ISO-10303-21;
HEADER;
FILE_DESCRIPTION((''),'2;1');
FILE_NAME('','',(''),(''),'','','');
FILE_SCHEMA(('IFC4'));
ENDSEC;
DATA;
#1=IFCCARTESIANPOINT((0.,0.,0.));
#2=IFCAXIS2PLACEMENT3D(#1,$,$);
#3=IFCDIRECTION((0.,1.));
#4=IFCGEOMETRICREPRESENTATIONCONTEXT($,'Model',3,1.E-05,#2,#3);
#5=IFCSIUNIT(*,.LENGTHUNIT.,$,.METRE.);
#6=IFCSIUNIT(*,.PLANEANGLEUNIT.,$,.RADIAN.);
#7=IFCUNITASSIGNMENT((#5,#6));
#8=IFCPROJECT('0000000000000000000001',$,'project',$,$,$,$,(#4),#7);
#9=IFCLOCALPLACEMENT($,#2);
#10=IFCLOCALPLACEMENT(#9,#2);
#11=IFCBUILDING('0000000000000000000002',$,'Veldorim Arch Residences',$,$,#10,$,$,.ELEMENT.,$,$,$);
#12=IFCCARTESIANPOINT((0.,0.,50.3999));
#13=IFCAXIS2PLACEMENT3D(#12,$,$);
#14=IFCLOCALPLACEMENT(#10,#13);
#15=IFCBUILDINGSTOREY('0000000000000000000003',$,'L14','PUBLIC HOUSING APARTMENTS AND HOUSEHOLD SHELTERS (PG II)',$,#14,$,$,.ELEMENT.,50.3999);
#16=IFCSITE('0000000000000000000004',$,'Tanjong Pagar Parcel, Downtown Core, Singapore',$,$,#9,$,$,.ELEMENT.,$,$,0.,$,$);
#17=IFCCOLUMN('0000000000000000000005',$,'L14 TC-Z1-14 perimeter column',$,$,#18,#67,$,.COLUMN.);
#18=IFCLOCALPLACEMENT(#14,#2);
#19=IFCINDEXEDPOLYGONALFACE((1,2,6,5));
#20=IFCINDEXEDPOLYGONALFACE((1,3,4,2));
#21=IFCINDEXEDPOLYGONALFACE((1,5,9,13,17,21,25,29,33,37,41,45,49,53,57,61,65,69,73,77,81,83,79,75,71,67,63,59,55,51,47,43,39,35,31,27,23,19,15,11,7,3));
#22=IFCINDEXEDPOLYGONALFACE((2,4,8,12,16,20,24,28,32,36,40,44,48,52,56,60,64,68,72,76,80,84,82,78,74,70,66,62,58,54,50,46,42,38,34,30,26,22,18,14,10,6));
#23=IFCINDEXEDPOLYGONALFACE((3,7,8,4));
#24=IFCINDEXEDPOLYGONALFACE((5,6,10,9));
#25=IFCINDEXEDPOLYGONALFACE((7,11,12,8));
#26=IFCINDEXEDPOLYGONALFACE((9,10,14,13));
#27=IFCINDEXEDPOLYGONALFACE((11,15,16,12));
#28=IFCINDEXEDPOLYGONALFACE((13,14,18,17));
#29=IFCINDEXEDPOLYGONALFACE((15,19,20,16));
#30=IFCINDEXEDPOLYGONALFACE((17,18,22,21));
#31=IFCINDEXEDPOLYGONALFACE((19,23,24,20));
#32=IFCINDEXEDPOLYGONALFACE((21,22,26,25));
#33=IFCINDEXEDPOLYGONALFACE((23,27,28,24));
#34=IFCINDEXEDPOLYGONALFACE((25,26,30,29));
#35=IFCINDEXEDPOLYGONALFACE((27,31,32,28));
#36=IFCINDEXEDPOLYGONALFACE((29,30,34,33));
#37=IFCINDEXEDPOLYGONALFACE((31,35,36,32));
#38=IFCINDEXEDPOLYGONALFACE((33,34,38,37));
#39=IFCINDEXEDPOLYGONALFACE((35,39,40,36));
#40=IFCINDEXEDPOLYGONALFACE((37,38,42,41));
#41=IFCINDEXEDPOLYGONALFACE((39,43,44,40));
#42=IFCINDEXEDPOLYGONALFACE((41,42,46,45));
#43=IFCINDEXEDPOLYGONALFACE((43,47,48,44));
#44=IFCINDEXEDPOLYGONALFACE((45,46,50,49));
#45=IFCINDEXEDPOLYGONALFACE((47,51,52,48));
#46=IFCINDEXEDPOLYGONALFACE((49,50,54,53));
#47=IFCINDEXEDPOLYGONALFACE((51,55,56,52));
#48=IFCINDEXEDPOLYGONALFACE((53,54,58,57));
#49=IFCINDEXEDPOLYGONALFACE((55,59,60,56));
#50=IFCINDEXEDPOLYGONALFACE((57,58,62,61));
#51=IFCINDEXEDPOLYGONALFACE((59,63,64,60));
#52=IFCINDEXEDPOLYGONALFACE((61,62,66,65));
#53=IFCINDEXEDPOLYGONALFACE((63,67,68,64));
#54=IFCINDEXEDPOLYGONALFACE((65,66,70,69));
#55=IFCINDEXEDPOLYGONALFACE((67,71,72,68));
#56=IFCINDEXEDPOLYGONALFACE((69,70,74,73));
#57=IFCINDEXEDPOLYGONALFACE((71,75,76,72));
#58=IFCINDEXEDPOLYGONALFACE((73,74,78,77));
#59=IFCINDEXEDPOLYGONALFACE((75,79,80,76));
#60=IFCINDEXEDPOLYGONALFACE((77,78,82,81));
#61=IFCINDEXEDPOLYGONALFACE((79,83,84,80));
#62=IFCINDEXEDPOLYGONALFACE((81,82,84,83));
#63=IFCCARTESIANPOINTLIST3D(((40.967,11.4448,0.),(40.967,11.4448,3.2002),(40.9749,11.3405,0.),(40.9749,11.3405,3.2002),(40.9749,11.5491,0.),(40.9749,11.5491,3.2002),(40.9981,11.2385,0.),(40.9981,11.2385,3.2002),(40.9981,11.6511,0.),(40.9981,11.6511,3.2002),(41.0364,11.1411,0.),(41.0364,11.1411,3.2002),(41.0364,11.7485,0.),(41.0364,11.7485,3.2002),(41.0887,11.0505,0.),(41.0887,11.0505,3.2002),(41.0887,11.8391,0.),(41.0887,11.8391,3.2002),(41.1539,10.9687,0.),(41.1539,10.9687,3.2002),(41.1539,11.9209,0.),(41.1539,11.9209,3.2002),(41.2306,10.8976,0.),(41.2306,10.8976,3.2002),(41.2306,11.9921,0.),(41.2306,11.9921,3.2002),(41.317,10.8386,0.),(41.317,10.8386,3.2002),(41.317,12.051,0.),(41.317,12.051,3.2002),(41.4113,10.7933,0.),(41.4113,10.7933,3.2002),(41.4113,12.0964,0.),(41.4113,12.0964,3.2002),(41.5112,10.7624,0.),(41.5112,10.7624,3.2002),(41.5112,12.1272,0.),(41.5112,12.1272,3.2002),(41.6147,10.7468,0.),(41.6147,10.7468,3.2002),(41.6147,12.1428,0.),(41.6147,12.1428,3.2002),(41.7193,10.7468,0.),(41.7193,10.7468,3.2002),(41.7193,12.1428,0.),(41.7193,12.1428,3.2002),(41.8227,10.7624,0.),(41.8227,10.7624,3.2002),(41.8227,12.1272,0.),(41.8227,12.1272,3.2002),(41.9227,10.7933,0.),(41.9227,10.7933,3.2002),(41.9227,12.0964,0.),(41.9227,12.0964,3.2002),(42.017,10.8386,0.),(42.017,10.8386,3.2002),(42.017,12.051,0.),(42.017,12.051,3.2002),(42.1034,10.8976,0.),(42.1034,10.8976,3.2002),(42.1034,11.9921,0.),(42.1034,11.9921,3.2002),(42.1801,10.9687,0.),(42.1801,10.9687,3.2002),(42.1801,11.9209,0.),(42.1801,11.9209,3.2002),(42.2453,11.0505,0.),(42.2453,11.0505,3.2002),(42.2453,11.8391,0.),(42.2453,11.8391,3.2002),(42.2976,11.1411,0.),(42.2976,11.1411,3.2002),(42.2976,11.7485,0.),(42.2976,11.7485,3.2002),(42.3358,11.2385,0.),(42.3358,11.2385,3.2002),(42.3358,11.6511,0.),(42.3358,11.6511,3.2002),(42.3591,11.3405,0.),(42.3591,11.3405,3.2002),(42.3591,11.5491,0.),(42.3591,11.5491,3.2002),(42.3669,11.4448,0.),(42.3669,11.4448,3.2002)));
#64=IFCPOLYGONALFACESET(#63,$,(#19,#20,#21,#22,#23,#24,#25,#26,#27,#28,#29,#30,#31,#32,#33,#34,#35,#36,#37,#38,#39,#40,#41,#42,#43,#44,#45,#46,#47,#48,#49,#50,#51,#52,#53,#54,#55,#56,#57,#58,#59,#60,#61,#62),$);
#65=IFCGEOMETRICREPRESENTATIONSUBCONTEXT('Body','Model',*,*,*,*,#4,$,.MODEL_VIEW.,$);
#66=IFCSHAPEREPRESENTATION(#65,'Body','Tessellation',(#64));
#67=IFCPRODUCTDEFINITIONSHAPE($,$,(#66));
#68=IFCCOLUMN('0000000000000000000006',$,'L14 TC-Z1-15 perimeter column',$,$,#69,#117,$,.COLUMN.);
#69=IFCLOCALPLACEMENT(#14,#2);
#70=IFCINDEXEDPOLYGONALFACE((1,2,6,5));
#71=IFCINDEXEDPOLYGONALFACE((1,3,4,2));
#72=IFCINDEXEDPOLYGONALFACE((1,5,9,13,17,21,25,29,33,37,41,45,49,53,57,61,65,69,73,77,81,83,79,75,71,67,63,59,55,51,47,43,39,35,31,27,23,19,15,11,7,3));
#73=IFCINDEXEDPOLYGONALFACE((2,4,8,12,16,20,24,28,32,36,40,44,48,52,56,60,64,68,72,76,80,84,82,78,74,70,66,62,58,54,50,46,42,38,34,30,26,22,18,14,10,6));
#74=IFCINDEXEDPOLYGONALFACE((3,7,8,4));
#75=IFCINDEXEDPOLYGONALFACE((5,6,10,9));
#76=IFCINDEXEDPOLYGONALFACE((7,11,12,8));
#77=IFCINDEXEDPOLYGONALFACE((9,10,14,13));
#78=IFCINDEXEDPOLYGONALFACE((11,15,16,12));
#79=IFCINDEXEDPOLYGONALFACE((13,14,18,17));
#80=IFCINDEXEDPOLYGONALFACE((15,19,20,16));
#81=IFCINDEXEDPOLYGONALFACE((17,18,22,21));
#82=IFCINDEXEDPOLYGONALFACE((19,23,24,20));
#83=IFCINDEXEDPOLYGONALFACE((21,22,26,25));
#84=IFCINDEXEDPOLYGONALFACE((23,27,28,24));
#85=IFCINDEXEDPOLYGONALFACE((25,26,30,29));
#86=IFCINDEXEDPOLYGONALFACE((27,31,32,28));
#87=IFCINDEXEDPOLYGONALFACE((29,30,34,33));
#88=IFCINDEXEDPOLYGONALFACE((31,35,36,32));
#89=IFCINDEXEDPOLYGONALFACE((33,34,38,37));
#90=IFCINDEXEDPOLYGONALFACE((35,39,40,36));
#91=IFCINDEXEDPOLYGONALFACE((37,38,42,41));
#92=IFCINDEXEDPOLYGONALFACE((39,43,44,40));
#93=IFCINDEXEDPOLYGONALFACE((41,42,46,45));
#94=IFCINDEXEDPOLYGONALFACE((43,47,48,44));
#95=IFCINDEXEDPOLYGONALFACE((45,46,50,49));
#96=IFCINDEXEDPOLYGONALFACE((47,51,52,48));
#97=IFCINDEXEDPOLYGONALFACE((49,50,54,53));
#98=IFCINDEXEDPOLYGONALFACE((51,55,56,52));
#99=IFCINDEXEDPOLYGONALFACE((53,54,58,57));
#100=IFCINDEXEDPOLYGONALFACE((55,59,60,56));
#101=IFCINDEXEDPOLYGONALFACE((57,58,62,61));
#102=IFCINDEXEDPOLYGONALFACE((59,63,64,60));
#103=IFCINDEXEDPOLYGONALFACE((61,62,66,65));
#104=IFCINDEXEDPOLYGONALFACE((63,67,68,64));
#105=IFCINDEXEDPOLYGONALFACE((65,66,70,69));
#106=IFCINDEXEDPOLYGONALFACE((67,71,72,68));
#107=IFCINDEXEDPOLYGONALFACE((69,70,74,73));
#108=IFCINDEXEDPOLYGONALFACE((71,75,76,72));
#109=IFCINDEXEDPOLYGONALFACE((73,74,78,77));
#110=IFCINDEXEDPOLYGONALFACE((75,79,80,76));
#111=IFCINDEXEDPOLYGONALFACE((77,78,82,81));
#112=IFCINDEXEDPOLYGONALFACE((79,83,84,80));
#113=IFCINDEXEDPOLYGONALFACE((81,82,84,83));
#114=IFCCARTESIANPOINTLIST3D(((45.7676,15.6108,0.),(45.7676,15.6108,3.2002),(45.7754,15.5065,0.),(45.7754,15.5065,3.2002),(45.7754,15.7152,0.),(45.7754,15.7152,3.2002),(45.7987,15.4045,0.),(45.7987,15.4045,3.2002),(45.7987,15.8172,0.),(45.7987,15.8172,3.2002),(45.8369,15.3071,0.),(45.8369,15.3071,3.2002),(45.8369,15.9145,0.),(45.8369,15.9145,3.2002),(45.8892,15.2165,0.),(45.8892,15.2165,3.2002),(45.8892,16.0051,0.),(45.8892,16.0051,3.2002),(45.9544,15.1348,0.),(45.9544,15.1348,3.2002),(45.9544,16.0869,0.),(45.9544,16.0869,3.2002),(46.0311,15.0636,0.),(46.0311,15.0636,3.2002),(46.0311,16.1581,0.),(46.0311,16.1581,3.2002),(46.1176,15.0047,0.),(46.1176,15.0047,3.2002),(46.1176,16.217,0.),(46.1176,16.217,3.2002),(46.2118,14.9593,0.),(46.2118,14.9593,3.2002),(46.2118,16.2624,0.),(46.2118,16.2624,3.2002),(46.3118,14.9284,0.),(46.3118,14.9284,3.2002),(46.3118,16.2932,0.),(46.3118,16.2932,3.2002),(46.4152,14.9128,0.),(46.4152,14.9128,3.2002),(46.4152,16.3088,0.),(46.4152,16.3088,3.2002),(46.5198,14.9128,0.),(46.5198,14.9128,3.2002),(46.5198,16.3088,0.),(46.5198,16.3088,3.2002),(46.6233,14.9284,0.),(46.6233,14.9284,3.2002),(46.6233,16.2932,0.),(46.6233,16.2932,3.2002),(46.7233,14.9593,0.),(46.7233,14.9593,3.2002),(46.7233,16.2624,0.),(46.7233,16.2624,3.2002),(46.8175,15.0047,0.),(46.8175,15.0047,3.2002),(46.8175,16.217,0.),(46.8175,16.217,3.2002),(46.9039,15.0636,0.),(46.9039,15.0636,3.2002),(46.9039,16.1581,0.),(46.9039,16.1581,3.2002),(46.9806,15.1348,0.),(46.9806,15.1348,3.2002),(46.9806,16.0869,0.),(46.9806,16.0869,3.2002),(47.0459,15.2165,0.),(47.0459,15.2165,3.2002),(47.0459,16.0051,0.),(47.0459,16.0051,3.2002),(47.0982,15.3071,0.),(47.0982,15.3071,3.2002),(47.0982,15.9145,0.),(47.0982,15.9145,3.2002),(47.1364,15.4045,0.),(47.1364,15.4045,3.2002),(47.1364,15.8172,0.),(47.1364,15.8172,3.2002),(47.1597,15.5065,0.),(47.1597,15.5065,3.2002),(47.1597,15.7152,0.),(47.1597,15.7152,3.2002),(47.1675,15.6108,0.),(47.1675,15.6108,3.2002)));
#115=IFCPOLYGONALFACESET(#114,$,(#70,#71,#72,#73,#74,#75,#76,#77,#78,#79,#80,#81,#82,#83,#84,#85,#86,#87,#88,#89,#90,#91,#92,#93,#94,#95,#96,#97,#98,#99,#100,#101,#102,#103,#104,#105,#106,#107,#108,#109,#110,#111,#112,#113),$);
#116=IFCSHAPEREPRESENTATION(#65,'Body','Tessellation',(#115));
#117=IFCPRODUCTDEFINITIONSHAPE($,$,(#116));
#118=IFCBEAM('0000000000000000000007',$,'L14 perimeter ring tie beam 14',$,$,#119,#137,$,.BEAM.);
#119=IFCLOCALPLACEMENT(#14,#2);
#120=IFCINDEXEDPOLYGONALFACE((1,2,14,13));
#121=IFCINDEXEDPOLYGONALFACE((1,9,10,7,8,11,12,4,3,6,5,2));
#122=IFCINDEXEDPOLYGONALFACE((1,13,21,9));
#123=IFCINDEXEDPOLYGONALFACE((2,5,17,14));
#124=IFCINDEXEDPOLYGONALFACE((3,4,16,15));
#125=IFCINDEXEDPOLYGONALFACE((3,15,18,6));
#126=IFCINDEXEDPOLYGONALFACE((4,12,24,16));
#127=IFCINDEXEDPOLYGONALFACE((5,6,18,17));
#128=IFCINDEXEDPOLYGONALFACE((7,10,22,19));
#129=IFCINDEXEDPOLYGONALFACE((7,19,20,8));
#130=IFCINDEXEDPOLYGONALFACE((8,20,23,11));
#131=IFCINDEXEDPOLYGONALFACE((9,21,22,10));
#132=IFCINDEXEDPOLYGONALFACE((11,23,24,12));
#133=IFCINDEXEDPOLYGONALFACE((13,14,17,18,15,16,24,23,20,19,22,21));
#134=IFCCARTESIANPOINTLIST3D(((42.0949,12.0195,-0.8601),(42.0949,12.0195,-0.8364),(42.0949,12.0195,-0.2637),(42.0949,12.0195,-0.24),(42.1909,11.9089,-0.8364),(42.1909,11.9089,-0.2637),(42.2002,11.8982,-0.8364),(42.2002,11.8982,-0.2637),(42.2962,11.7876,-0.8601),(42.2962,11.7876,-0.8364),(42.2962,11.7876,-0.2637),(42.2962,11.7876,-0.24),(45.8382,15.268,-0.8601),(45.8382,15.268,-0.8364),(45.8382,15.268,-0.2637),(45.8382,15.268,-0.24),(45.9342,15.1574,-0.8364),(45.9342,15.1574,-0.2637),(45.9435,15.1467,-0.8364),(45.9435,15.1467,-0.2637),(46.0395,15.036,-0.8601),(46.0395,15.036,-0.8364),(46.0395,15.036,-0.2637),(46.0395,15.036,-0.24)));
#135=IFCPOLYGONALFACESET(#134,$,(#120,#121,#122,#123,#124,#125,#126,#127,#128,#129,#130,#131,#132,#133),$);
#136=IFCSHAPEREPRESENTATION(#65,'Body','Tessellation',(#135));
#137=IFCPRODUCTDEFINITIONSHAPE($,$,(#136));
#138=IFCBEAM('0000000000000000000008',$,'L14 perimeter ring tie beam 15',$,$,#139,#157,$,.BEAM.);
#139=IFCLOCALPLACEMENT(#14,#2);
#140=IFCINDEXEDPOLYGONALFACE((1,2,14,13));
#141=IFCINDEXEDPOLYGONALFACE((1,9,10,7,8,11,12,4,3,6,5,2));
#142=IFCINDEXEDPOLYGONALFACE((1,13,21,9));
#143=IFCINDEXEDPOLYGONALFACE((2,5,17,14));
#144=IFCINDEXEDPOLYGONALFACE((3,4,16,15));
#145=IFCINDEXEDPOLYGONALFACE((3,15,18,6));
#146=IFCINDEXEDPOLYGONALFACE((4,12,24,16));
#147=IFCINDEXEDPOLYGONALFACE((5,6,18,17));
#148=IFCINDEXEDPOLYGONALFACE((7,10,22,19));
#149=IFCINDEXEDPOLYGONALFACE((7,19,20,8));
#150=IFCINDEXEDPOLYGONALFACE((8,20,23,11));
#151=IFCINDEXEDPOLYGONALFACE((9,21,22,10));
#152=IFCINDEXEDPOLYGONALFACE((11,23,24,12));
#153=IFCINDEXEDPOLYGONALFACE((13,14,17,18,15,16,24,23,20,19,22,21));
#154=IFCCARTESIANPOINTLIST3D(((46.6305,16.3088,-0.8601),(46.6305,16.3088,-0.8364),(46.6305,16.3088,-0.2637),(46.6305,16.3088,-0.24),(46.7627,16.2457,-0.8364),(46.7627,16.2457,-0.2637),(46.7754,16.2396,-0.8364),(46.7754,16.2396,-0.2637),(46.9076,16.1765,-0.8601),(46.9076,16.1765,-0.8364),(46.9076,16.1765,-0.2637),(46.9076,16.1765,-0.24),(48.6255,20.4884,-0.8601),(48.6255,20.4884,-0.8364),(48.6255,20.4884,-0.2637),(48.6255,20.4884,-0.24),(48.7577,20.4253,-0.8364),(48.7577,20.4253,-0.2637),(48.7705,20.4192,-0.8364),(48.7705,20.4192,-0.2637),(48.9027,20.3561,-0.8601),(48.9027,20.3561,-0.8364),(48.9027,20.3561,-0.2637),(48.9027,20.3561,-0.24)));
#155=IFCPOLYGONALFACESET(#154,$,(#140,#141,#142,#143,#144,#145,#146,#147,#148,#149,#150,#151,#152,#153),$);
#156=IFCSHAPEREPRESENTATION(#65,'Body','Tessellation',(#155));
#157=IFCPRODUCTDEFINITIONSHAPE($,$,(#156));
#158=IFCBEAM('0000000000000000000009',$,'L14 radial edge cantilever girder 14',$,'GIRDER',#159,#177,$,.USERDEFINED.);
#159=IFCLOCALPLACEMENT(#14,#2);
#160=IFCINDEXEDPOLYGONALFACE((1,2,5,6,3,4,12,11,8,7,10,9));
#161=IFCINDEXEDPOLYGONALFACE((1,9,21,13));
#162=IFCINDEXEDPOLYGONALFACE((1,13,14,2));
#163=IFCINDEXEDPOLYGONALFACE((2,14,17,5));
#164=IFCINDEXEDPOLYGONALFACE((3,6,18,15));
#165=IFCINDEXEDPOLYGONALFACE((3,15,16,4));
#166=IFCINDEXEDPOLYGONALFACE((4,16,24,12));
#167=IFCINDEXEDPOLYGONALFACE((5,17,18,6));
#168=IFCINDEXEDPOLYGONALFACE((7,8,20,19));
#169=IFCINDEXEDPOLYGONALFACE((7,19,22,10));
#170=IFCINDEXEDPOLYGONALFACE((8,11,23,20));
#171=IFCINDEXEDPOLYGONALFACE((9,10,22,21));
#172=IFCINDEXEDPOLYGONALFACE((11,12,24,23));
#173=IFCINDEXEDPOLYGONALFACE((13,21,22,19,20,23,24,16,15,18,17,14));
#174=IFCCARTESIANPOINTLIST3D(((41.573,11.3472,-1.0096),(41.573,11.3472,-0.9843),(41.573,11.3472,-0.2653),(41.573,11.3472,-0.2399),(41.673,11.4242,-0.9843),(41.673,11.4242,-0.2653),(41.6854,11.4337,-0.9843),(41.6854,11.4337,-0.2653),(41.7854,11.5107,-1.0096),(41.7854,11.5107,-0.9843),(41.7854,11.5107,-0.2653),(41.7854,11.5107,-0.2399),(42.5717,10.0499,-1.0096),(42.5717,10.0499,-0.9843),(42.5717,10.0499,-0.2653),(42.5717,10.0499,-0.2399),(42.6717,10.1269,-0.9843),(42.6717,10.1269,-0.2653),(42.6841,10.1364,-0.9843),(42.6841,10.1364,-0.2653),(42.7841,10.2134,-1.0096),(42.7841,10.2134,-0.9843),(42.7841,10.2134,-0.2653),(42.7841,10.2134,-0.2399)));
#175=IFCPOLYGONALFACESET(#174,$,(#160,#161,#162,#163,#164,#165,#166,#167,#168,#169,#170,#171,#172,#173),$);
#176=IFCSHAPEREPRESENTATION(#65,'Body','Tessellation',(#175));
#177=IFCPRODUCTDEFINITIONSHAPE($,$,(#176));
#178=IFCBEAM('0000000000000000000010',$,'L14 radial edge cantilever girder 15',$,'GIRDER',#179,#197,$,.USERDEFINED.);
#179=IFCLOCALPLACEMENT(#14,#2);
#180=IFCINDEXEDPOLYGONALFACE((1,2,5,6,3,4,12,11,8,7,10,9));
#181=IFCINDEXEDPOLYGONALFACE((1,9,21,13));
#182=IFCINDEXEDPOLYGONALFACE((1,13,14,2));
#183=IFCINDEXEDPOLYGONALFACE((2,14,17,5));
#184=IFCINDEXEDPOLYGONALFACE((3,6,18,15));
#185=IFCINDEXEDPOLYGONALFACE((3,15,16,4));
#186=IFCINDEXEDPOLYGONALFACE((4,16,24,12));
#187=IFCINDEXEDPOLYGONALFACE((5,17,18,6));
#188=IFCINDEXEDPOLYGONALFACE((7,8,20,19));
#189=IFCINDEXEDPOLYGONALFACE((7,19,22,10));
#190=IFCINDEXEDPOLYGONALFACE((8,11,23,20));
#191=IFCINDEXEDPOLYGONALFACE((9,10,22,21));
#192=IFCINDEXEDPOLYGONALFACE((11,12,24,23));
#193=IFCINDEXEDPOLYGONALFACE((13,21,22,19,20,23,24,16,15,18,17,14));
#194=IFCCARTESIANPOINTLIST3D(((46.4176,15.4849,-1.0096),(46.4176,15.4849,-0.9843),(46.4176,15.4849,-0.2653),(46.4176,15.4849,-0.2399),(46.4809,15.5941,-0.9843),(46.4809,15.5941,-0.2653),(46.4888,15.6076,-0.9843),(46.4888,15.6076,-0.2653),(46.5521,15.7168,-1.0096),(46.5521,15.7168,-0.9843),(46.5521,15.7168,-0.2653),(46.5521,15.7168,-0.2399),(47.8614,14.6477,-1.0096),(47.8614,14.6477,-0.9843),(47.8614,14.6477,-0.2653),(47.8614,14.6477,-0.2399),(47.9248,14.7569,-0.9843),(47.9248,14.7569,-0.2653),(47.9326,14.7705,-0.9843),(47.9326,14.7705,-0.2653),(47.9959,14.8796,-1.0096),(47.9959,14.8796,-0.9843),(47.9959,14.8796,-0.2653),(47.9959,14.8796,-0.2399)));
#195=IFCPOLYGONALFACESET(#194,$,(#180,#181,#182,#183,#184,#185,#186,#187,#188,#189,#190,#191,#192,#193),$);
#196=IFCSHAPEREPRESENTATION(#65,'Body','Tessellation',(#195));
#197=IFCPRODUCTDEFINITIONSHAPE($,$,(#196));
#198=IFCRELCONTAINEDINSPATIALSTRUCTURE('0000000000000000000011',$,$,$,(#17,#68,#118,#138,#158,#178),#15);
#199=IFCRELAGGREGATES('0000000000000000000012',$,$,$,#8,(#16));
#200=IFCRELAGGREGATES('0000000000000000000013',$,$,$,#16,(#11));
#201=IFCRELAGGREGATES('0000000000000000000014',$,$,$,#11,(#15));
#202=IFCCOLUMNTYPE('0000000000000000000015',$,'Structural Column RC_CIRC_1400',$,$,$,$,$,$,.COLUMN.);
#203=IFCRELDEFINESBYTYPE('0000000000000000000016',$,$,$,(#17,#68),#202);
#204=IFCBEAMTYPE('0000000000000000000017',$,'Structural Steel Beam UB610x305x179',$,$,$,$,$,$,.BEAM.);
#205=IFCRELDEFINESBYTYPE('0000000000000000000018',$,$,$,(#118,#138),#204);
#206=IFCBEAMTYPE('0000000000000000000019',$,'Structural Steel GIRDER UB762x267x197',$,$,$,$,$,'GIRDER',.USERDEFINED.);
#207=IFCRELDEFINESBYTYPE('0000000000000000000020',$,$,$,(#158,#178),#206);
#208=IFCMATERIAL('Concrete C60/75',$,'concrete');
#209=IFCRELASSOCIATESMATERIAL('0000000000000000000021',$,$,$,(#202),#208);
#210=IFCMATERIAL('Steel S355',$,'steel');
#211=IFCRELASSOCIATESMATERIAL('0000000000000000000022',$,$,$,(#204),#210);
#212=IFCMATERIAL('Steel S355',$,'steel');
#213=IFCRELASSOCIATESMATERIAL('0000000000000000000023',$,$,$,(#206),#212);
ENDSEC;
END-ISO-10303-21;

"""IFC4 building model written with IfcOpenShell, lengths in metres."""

from ifc_helpers import new_model, si_unit, direction, frame, origin, origin_2d, place, context, subcontext, project, spatial, circle, i_section, extrude, material, material_profile, profile_set, type_object, element, save


model = new_model("IFC4")

# Units and contexts
model_context = context("Model", 3, precision=1e-05, world=origin(), true_north=direction((0.0, 1.0)))
body_context = subcontext(model_context, "Body", "Model", "MODEL_VIEW")
ifc_project = project(units=[si_unit("LENGTHUNIT", "METRE"), si_unit("PLANEANGLEUNIT", "RADIAN")], contexts=[model_context])

# Site, building, storey
site_placement = place(None, origin())
site = spatial("IfcSite", under=ifc_project, at=site_placement, Name="Tanjong Pagar Parcel, Downtown Core, Singapore", CompositionType="ELEMENT", RefElevation=0.0)
building_placement = place(site_placement, origin())
building = spatial("IfcBuilding", under=site, at=building_placement, Name="Veldorim Arch Residences", CompositionType="ELEMENT")
storey_placement = place(building_placement, frame((0.0, 0.0, 50.3999)))
storey = spatial("IfcBuildingStorey", under=building, at=storey_placement, Name="L14", Description="PUBLIC HOUSING APARTMENTS AND HOUSEHOLD SHELTERS (PG II)", CompositionType="ELEMENT", Elevation=50.3999)

# Columns
ifc_material_1 = material(Name="Concrete C60/75", Category="concrete")
ifc_material_profile_1 = material_profile(ifc_material_1, circle(Radius=0.7, at=origin_2d()), Name="RC_CIRC_1400")
ifc_profile_set_1 = profile_set([ifc_material_profile_1], Name="Concrete C60/75")
column_type = type_object("IfcColumnType", Name="Structural Column RC_CIRC_1400", PredefinedType="COLUMN", material=ifc_profile_set_1)
for number, where, z_axis, x_axis, name in (
    (1, (41.667, 11.4448, 0.0), (0.0, 0.0, 1.0), (1.0, 0.0, 0.0), "L14 TC-Z1-14 perimeter column"),
    (2, (46.4675, 15.6108, 0.0), (0.0, 0.0, 1.0), (1.0, 0.0, 0.0), "L14 TC-Z1-15 perimeter column"),
):
    element("IfcColumn", number, at=place(storey_placement, frame(where, z_axis=z_axis, x_axis=x_axis)), inside=storey, type_object=column_type, Name=name, PredefinedType="COLUMN", context=body_context, shape_type="SweptSolid", body=[
        extrude(circle(Radius=0.7, at=origin_2d()), origin(), (0.0, 0.0, 1.0), 3.2002),
    ])

# Beams
ifc_material_2 = material(Name="Steel S355", Category="steel")
ifc_material_profile_2 = material_profile(ifc_material_2, i_section(OverallWidth=0.3071, OverallDepth=0.6201, WebThickness=0.0142, FlangeThickness=0.0237, at=origin_2d()), Name="UB610x305x179")
ifc_profile_set_2 = profile_set([ifc_material_profile_2], Name="Steel S355")
beam_type_1 = type_object("IfcBeamType", Name="Structural Steel Beam UB610x305x179", PredefinedType="BEAM", material=ifc_profile_set_2)
beam_1_placement = place(storey_placement, frame((42.1956, 11.9036, -0.55), z_axis=(0.755265, 0.65542, 0.0), x_axis=(-0.65542, 0.755265, 0.0)))
element("IfcBeam", 3, at=beam_1_placement, inside=storey, type_object=beam_type_1, Name="L14 perimeter ring tie beam 14", PredefinedType="BEAM", context=body_context, shape_type="SweptSolid", body=[
    extrude(i_section(OverallWidth=0.3071, OverallDepth=0.6201, WebThickness=0.0142, FlangeThickness=0.0237, at=origin_2d()), origin(), (0.0, 0.0, 1.0), 4.9563),
])
beam_2_placement = place(storey_placement, frame((46.769, 16.2427, -0.55), z_axis=(0.430776, 0.902459, 0.0), x_axis=(-0.902459, 0.430776, 0.0)))
element("IfcBeam", 4, at=beam_2_placement, inside=storey, type_object=beam_type_1, Name="L14 perimeter ring tie beam 15", PredefinedType="BEAM", context=body_context, shape_type="SweptSolid", body=[
    extrude(i_section(OverallWidth=0.3071, OverallDepth=0.6201, WebThickness=0.0142, FlangeThickness=0.0237, at=origin_2d()), origin(), (0.0, 0.0, 1.0), 4.6313),
])
ifc_material_3 = material(Name="Steel S355", Category="steel")
ifc_material_profile_3 = material_profile(ifc_material_3, i_section(OverallWidth=0.2681, OverallDepth=0.7698, WebThickness=0.0156, FlangeThickness=0.0254, at=origin_2d()), Name="UB762x267x197")
ifc_profile_set_3 = profile_set([ifc_material_profile_3], Name="Steel S355")
beam_type_2 = type_object("IfcBeamType", Name="Structural Steel GIRDER UB762x267x197", ElementType="GIRDER", PredefinedType="USERDEFINED", material=ifc_profile_set_3)
beam_3_placement = place(storey_placement, frame((41.6792, 11.429, -0.6248), z_axis=(0.610021, -0.792386, 0.0), x_axis=(0.792386, 0.610021, 0.0)))
element("IfcBeam", 5, at=beam_3_placement, inside=storey, type_object=beam_type_2, Name="L14 radial edge cantilever girder 14", ObjectType="GIRDER", PredefinedType="USERDEFINED", context=body_context, shape_type="SweptSolid", body=[
    extrude(i_section(OverallWidth=0.2681, OverallDepth=0.7698, WebThickness=0.0156, FlangeThickness=0.0254, at=origin_2d()), origin(), (0.0, 0.0, 1.0), 1.6372),
])
beam_4_placement = place(storey_placement, frame((46.4849, 15.6008, -0.6248), z_axis=(0.865102, -0.501595, 0.0), x_axis=(0.501595, 0.865102, 0.0)))
element("IfcBeam", 6, at=beam_4_placement, inside=storey, type_object=beam_type_2, Name="L14 radial edge cantilever girder 15", ObjectType="GIRDER", PredefinedType="USERDEFINED", context=body_context, shape_type="SweptSolid", body=[
    extrude(i_section(OverallWidth=0.2681, OverallDepth=0.7698, WebThickness=0.0156, FlangeThickness=0.0254, at=origin_2d()), origin(), (0.0, 0.0, 1.0), 1.6689),
])

save(model, "model.ifc")
